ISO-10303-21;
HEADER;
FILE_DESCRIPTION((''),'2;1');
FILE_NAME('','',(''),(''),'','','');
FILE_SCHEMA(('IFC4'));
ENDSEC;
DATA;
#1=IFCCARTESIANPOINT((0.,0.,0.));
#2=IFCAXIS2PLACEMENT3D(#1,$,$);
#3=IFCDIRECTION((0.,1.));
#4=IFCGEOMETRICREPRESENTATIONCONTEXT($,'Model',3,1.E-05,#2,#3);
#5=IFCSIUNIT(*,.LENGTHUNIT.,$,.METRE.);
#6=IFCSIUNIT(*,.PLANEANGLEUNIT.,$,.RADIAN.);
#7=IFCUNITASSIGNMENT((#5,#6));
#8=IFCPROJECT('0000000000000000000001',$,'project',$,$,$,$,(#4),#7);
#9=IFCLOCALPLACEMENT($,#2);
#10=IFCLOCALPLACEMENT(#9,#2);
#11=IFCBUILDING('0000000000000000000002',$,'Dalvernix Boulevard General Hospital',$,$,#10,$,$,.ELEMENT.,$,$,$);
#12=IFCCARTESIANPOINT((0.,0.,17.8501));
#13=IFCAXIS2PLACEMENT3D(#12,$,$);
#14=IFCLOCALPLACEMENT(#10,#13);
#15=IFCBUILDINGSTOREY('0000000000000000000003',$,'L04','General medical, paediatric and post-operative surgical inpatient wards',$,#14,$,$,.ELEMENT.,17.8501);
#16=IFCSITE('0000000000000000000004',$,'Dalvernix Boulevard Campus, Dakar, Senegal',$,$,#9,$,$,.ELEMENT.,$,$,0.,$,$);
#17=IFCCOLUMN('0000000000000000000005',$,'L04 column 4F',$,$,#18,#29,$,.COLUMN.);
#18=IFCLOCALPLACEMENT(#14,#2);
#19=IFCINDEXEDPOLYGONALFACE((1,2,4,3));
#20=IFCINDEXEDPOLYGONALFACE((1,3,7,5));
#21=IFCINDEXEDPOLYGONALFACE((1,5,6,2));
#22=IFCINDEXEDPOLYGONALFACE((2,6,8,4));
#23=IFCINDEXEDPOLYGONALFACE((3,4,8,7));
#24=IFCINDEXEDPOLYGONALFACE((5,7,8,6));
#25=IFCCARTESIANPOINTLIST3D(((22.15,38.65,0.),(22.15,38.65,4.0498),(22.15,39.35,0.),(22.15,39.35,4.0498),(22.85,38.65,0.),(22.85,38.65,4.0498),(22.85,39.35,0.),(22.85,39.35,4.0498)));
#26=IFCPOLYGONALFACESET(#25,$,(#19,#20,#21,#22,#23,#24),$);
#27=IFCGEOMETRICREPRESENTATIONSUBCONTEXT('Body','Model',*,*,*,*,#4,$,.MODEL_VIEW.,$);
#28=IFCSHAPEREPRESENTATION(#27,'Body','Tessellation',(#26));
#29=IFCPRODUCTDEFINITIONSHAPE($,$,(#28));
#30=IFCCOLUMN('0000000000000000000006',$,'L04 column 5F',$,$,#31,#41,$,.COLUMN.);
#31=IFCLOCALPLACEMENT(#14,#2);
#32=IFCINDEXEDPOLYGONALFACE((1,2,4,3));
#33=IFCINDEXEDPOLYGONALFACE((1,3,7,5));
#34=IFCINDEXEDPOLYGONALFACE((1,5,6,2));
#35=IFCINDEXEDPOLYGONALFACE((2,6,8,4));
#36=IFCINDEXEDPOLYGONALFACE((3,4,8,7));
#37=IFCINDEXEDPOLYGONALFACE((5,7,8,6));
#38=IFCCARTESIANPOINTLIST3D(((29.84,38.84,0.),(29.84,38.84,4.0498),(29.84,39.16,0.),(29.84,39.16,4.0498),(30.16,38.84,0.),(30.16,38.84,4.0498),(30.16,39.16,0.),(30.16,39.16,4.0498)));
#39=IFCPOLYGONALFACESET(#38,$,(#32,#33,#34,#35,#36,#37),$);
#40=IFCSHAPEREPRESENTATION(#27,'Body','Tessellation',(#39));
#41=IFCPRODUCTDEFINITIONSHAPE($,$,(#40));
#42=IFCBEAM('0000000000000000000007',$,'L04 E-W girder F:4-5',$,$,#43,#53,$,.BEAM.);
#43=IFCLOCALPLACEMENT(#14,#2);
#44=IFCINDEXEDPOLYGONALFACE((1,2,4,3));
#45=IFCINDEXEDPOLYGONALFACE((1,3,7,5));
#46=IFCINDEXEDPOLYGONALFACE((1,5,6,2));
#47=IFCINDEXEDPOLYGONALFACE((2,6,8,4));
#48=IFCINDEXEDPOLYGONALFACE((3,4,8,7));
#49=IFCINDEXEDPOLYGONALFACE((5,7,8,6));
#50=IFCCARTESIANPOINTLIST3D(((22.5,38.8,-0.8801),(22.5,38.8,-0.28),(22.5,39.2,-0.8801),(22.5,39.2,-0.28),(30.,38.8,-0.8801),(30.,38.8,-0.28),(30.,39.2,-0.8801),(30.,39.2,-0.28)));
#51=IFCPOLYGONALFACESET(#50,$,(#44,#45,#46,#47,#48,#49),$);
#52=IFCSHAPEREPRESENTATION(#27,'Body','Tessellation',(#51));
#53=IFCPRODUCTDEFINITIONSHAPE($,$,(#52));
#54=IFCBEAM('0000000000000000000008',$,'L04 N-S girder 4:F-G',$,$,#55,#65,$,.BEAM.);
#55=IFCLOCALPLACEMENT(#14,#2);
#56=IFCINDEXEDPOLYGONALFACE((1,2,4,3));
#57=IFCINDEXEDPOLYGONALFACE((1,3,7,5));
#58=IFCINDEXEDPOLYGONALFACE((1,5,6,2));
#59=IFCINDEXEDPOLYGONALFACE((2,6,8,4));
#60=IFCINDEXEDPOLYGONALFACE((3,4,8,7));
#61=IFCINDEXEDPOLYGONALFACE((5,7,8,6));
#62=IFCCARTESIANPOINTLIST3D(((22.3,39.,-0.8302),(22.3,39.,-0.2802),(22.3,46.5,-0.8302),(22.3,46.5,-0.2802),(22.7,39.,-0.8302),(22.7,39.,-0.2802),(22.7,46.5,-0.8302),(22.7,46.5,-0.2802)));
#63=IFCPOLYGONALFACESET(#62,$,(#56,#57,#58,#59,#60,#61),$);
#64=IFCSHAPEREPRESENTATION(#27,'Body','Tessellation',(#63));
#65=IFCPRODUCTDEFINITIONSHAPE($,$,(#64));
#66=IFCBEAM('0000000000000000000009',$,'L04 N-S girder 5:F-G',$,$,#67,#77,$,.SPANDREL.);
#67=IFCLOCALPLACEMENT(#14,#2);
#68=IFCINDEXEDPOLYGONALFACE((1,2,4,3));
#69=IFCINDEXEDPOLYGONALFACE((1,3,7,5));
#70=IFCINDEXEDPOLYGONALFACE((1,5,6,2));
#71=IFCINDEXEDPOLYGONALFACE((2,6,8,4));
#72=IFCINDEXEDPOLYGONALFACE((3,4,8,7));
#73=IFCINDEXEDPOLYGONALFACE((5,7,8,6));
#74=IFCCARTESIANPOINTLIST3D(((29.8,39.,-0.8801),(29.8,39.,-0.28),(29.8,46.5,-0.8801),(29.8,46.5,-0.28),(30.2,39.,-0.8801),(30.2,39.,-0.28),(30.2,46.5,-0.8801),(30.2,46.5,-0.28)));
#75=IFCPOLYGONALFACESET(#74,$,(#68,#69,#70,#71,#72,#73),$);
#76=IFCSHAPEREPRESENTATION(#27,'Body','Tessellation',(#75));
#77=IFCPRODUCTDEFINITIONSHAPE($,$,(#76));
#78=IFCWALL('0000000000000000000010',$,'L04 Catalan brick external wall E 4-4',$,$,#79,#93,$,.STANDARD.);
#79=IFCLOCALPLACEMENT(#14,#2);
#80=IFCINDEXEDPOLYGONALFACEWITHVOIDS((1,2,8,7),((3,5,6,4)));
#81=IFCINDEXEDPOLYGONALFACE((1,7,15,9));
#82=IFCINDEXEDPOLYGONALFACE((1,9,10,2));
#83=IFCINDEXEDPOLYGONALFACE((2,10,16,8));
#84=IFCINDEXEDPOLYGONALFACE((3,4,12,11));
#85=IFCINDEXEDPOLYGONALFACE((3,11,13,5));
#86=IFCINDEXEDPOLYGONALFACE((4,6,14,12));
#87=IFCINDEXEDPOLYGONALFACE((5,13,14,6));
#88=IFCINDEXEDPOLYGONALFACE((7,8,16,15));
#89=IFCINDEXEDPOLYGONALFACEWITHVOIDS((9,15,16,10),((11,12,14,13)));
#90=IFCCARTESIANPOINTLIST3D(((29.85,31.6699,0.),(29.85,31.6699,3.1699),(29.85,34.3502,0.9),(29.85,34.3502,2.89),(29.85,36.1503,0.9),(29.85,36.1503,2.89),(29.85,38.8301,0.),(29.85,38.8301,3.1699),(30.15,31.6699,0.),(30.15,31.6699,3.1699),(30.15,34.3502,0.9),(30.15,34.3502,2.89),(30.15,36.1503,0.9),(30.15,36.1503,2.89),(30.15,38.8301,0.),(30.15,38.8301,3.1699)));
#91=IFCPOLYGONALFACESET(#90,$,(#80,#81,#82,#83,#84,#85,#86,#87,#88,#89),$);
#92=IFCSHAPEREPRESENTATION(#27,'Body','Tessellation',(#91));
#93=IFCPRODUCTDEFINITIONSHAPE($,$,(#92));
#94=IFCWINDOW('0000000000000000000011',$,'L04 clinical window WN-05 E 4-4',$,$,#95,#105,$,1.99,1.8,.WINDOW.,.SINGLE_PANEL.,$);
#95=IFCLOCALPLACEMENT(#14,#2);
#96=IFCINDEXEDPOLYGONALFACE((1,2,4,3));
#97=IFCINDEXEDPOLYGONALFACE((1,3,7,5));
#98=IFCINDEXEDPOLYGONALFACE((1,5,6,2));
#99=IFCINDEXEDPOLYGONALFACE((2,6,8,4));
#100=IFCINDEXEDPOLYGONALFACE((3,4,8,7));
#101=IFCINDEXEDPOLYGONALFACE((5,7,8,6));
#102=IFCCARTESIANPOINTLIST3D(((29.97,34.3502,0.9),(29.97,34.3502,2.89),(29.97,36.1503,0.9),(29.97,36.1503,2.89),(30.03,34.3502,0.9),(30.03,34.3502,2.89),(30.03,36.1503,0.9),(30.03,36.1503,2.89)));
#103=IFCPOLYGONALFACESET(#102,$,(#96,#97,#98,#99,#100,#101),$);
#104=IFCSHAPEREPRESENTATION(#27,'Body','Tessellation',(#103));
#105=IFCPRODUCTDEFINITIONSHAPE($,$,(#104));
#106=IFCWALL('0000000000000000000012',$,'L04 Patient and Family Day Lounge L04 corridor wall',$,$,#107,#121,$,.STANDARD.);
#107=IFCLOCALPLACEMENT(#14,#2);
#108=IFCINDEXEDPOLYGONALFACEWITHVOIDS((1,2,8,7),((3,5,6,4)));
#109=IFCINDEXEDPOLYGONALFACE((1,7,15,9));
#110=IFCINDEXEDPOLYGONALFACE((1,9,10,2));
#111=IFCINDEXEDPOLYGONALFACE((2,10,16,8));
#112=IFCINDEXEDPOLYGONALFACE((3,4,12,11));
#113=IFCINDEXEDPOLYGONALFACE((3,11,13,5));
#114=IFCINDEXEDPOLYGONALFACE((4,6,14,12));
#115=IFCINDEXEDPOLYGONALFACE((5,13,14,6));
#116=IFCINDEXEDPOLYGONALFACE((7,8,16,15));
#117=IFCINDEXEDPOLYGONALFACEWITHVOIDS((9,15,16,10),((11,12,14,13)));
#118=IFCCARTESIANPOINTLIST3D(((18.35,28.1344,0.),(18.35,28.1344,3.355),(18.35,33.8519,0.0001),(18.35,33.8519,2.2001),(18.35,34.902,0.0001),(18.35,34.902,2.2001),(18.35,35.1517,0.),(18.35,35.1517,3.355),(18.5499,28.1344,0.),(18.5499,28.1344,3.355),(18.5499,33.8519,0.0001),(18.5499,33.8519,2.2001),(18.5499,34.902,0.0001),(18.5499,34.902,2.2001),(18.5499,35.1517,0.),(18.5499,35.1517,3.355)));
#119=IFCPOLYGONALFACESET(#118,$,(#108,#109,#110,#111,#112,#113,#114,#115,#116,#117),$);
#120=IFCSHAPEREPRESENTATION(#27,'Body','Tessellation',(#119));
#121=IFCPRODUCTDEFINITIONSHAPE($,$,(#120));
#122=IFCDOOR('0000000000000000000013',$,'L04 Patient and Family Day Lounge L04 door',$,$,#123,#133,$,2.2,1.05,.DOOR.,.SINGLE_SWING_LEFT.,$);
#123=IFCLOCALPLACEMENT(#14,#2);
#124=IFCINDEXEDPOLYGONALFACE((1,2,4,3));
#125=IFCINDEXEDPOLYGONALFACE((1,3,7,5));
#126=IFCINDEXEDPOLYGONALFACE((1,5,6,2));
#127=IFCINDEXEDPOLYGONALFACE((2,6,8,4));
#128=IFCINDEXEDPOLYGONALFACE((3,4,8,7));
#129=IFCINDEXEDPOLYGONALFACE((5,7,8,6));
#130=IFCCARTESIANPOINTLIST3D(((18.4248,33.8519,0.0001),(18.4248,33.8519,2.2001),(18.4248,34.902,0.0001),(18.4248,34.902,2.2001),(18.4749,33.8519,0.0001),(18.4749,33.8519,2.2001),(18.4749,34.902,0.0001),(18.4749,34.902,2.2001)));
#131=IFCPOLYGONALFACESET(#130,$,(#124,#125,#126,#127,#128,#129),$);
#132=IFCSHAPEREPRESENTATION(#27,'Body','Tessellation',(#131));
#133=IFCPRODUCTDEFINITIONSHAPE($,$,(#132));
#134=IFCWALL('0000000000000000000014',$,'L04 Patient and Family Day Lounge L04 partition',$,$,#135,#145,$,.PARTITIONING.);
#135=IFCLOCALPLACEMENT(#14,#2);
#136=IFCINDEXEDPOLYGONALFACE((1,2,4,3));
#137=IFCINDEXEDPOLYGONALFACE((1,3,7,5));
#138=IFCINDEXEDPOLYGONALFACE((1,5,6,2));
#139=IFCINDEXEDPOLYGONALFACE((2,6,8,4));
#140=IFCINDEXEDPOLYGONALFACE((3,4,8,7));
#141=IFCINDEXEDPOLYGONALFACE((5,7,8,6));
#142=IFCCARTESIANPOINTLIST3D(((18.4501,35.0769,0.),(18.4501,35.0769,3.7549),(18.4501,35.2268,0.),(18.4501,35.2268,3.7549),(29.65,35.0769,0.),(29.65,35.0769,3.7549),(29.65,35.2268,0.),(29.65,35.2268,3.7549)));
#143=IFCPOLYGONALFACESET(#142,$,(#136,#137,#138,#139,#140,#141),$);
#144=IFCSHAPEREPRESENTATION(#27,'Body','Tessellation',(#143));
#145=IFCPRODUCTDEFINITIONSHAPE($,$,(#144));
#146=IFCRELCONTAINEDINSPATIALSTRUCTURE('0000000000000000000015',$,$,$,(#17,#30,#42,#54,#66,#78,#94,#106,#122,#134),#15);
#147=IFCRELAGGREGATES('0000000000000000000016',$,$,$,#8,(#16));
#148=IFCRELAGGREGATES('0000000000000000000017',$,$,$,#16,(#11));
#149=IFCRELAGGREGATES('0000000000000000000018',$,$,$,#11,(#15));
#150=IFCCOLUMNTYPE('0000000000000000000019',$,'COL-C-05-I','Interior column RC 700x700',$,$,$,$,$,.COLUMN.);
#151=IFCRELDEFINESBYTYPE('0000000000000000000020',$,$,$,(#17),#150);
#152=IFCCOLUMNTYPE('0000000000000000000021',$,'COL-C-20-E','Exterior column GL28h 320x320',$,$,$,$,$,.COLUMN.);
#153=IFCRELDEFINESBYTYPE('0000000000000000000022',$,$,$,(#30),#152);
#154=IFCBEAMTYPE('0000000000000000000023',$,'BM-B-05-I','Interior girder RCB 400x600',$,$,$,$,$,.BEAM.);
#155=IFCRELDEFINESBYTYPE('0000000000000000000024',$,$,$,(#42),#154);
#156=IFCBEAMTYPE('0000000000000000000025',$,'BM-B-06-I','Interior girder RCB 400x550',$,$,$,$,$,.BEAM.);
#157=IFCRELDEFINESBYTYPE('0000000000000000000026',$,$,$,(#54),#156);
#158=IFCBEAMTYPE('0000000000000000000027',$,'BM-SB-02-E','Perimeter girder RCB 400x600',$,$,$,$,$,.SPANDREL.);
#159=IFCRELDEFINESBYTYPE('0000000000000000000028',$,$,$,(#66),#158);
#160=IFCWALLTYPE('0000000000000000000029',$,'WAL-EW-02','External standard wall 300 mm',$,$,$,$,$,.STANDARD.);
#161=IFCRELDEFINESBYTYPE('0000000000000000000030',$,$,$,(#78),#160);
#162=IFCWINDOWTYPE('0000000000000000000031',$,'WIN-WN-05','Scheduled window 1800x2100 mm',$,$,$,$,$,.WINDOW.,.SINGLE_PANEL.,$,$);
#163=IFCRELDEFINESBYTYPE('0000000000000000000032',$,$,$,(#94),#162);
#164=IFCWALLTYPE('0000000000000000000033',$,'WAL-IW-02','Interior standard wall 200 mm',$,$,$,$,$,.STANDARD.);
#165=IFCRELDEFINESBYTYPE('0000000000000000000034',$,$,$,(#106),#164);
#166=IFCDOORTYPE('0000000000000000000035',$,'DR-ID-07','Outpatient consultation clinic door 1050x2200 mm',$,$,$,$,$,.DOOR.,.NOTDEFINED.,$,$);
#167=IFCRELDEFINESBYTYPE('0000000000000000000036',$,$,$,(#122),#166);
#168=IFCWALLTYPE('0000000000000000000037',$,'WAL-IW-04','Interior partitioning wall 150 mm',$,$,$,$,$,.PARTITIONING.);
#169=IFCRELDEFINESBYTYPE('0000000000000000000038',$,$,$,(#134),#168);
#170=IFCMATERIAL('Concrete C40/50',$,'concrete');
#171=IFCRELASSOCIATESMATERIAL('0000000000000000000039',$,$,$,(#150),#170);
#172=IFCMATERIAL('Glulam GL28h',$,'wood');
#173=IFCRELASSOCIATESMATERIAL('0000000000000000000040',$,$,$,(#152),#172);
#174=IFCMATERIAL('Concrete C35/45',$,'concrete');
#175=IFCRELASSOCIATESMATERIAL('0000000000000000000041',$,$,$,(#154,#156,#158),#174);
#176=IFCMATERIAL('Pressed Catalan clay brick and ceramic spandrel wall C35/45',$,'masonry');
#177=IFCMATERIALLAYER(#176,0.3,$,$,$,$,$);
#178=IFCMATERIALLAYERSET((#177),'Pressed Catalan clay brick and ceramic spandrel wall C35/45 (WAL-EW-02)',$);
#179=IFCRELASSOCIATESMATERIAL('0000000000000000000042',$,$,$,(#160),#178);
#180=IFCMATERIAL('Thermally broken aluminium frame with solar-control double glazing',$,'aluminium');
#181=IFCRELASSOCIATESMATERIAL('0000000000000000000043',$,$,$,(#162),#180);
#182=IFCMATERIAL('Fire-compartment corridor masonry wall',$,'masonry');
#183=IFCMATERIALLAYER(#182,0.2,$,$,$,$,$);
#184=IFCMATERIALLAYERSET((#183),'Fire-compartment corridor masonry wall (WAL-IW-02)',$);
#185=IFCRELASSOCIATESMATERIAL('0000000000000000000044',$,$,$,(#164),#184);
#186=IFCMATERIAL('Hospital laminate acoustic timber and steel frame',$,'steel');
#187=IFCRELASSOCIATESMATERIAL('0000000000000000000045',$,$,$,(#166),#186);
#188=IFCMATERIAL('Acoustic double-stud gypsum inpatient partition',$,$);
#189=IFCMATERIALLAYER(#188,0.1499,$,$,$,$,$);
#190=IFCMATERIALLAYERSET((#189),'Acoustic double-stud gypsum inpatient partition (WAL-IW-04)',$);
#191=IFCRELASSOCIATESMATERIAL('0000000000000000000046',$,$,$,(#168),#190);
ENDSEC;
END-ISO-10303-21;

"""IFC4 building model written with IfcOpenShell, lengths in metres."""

from ifc_helpers import new_model, si_unit, direction, frame, frame_2d, origin, origin_2d, place, context, subcontext, project, spatial, rectangle, extrude, material, layer, layer_set, material_profile, profile_set, type_object, element, fill, save


model = new_model("IFC4")

# Units and contexts
model_context = context("Model", 3, precision=1e-05, world=origin(), true_north=direction((0.0, 1.0)))
body_context = subcontext(model_context, "Body", "Model", "MODEL_VIEW")
ifc_project = project(units=[si_unit("LENGTHUNIT", "METRE"), si_unit("PLANEANGLEUNIT", "RADIAN")], contexts=[model_context])

# Site, building, storey
site_placement = place(None, origin())
site = spatial("IfcSite", under=ifc_project, at=site_placement, Name="Dalvernix Boulevard Campus, Dakar, Senegal", CompositionType="ELEMENT", RefElevation=0.0)
building_placement = place(site_placement, origin())
building = spatial("IfcBuilding", under=site, at=building_placement, Name="Dalvernix Boulevard General Hospital", CompositionType="ELEMENT")
storey_placement = place(building_placement, frame((0.0, 0.0, 17.8501)))
storey = spatial("IfcBuildingStorey", under=building, at=storey_placement, Name="L04", Description="General medical, paediatric and post-operative surgical inpatient wards", CompositionType="ELEMENT", Elevation=17.8501)

# Columns
ifc_material_1 = material(Name="Concrete C40/50", Category="concrete")
ifc_material_profile_1 = material_profile(ifc_material_1, rectangle(XDim=0.7, YDim=0.7, at=origin_2d()), Name="RC 700x700")
ifc_profile_set_1 = profile_set([ifc_material_profile_1], Name="Concrete C40/50")
column_type_1 = type_object("IfcColumnType", Name="COL-C-05-I", Description="Interior column RC 700x700", PredefinedType="COLUMN", material=ifc_profile_set_1)
column_1_placement = place(storey_placement, frame((22.5, 39.0, 0.0), z_axis=(0.0, 0.0, 1.0), x_axis=(1.0, 0.0, 0.0)))
element("IfcColumn", 1, at=column_1_placement, inside=storey, type_object=column_type_1, Name="L04 column 4F", PredefinedType="COLUMN", context=body_context, shape_type="SweptSolid", body=[
    extrude(rectangle(XDim=0.7, YDim=0.7, at=origin_2d()), origin(), (0.0, 0.0, 1.0), 4.0498),
])
ifc_material_2 = material(Name="Glulam GL28h", Category="wood")
ifc_material_profile_2 = material_profile(ifc_material_2, rectangle(XDim=0.3201, YDim=0.3201, at=origin_2d()), Name="GL28h 320x320")
ifc_profile_set_2 = profile_set([ifc_material_profile_2], Name="Glulam GL28h")
column_type_2 = type_object("IfcColumnType", Name="COL-C-20-E", Description="Exterior column GL28h 320x320", PredefinedType="COLUMN", material=ifc_profile_set_2)
column_2_placement = place(storey_placement, frame((30.0, 39.0, 0.0), z_axis=(0.0, 0.0, 1.0), x_axis=(1.0, 0.0, 0.0)))
element("IfcColumn", 2, at=column_2_placement, inside=storey, type_object=column_type_2, Name="L04 column 5F", PredefinedType="COLUMN", context=body_context, shape_type="SweptSolid", body=[
    extrude(rectangle(XDim=0.3201, YDim=0.3201, at=origin_2d()), origin(), (0.0, 0.0, 1.0), 4.0498),
])

# Beams
ifc_material_3 = material(Name="Concrete C35/45", Category="concrete")
ifc_material_profile_3 = material_profile(ifc_material_3, rectangle(XDim=0.3999, YDim=0.6001, at=origin_2d()), Name="RCB 400x600")
ifc_profile_set_3 = profile_set([ifc_material_profile_3], Name="Concrete C35/45")
beam_type_1 = type_object("IfcBeamType", Name="BM-B-05-I", Description="Interior girder RCB 400x600", PredefinedType="BEAM", material=ifc_profile_set_3)
beam_1_placement = place(storey_placement, frame((22.5, 39.0, -0.5801), z_axis=(1.0, 0.0, 0.0), x_axis=(0.0, 1.0, 0.0)))
element("IfcBeam", 3, at=beam_1_placement, inside=storey, type_object=beam_type_1, Name="L04 E-W girder F:4-5", PredefinedType="BEAM", context=body_context, shape_type="SweptSolid", body=[
    extrude(rectangle(XDim=0.3999, YDim=0.6001, at=origin_2d()), origin(), (0.0, 0.0, 1.0), 7.5),
])
ifc_material_profile_4 = material_profile(ifc_material_3, rectangle(XDim=0.3999, YDim=0.55, at=origin_2d()), Name="RCB 400x550")
ifc_profile_set_4 = profile_set([ifc_material_profile_4], Name="Concrete C35/45")
beam_type_2 = type_object("IfcBeamType", Name="BM-B-06-I", Description="Interior girder RCB 400x550", PredefinedType="BEAM", material=ifc_profile_set_4)
beam_2_placement = place(storey_placement, frame((22.5, 39.0, -0.5552), z_axis=(0.0, 1.0, 0.0), x_axis=(-1.0, 0.0, 0.0)))
element("IfcBeam", 4, at=beam_2_placement, inside=storey, type_object=beam_type_2, Name="L04 N-S girder 4:F-G", PredefinedType="BEAM", context=body_context, shape_type="SweptSolid", body=[
    extrude(rectangle(XDim=0.3999, YDim=0.55, at=origin_2d()), origin(), (0.0, 0.0, 1.0), 7.5),
])
ifc_material_profile_5 = material_profile(ifc_material_3, rectangle(XDim=0.3999, YDim=0.6001, at=origin_2d()), Name="RCB 400x600")
ifc_profile_set_5 = profile_set([ifc_material_profile_5], Name="Concrete C35/45")
beam_type_3 = type_object("IfcBeamType", Name="BM-SB-02-E", Description="Perimeter girder RCB 400x600", PredefinedType="SPANDREL", material=ifc_profile_set_5)
beam_3_placement = place(storey_placement, frame((30.0, 39.0, -0.5801), z_axis=(0.0, 1.0, 0.0), x_axis=(-1.0, 0.0, 0.0)))
element("IfcBeam", 5, at=beam_3_placement, inside=storey, type_object=beam_type_3, Name="L04 N-S girder 5:F-G", PredefinedType="SPANDREL", context=body_context, shape_type="SweptSolid", body=[
    extrude(rectangle(XDim=0.3999, YDim=0.6001, at=origin_2d()), origin(), (0.0, 0.0, 1.0), 7.5),
])

# Wall, opening, window
ifc_material_4 = material(Name="Pressed Catalan clay brick and ceramic spandrel wall C35/45", Category="masonry")
ifc_layer_1 = layer(ifc_material_4, 0.3)
ifc_layer_set_1 = layer_set([ifc_layer_1], Name="Pressed Catalan clay brick and ceramic spandrel wall C35/45 (WAL-EW-02)")
wall_type_1 = type_object("IfcWallType", Name="WAL-EW-02", Description="External standard wall 300 mm", PredefinedType="STANDARD", material=ifc_layer_set_1)
wall_1_placement = place(storey_placement, frame((30.0, 38.8301, 0.0), z_axis=(0.0, 0.0, 1.0), x_axis=(0.0, -1.0, 0.0)))
wall_1 = element("IfcWall", 6, at=wall_1_placement, inside=storey, type_object=wall_type_1, Name="L04 Catalan brick external wall E 4-4", PredefinedType="STANDARD", context=body_context, shape_type="SweptSolid", body=[
    extrude(rectangle(XDim=7.1602, YDim=0.3, at=frame_2d((3.5801, 0.0))), origin(), (0.0, 0.0, 1.0), 3.1699),
])
opening_1_placement = place(wall_1_placement, frame((2.6799, 0.0, 0.8999)))
opening_1 = element("IfcOpeningElement", 7, at=opening_1_placement, cuts=wall_1, PredefinedType="OPENING", context=body_context, shape_type="SweptSolid", body=[
    extrude(rectangle(XDim=1.8, YDim=1.99, at=frame_2d((0.8999, 0.9951))), frame((0.0, 0.1599, 0.0), z_axis=(0.0, -1.0, 0.0), x_axis=(1.0, 0.0, 0.0)), (0.0, 0.0, 1.0), 0.3201),
])
ifc_material_5 = material(Name="Thermally broken aluminium frame with solar-control double glazing", Category="aluminium")
window_type = type_object("IfcWindowType", Name="WIN-WN-05", Description="Scheduled window 1800x2100 mm", PartitioningType="SINGLE_PANEL", PredefinedType="WINDOW", material=ifc_material_5)
window_placement = place(opening_1_placement, origin())
window = element("IfcWindow", 8, at=window_placement, inside=storey, type_object=window_type, Name="L04 clinical window WN-05 E 4-4", OverallHeight=1.99, OverallWidth=1.8, PartitioningType="SINGLE_PANEL", PredefinedType="WINDOW", context=body_context, shape_type="SweptSolid", body=[
    extrude(rectangle(XDim=1.8, YDim=1.99, at=frame_2d((0.8999, 0.9951))), frame((0.0, 0.03, 0.0), z_axis=(0.0, -1.0, 0.0), x_axis=(1.0, 0.0, 0.0)), (0.0, 0.0, 1.0), 0.0601),
])
fill(opening_1, window)

# Wall, opening, door
ifc_material_6 = material(Name="Fire-compartment corridor masonry wall", Category="masonry")
ifc_layer_2 = layer(ifc_material_6, 0.2)
ifc_layer_set_2 = layer_set([ifc_layer_2], Name="Fire-compartment corridor masonry wall (WAL-IW-02)")
wall_type_2 = type_object("IfcWallType", Name="WAL-IW-02", Description="Interior standard wall 200 mm", PredefinedType="STANDARD", material=ifc_layer_set_2)
wall_2_placement = place(storey_placement, frame((18.45, 35.1519, 0.0), z_axis=(0.0, 0.0, 1.0), x_axis=(0.0, -1.0, 0.0)))
wall_2 = element("IfcWall", 9, at=wall_2_placement, inside=storey, type_object=wall_type_2, Name="L04 Patient and Family Day Lounge L04 corridor wall", PredefinedType="STANDARD", context=body_context, shape_type="SweptSolid", body=[
    extrude(rectangle(XDim=7.0173, YDim=0.2, at=frame_2d((3.5088, 0.0))), origin(), (0.0, 0.0, 1.0), 3.355),
])
opening_2_placement = place(wall_2_placement, frame((0.25, 0.0, 0.0)))
opening_2 = element("IfcOpeningElement", 10, at=opening_2_placement, cuts=wall_2, PredefinedType="OPENING", context=body_context, shape_type="SweptSolid", body=[
    extrude(rectangle(XDim=1.05, YDim=2.2, at=frame_2d((0.5249, 1.1001))), frame((0.0, 0.1099, 0.0), z_axis=(0.0, -1.0, 0.0), x_axis=(1.0, 0.0, 0.0)), (0.0, 0.0, 1.0), 0.22),
])
ifc_material_7 = material(Name="Hospital laminate acoustic timber and steel frame", Category="steel")
door_type_1 = type_object("IfcDoorType", Name="DR-ID-07", Description="Outpatient consultation clinic door 1050x2200 mm", OperationType="NOTDEFINED", PredefinedType="DOOR", material=ifc_material_7)
door_1_placement = place(opening_2_placement, origin())
door_1 = element("IfcDoor", 11, at=door_1_placement, inside=storey, type_object=door_type_1, Name="L04 Patient and Family Day Lounge L04 door", OperationType="SINGLE_SWING_LEFT", OverallHeight=2.2, OverallWidth=1.05, PredefinedType="DOOR", context=body_context, shape_type="SweptSolid", body=[
    extrude(rectangle(XDim=1.05, YDim=2.2, at=frame_2d((0.5249, 1.1001))), frame((0.0, 0.0249, 0.0), z_axis=(0.0, -1.0, 0.0), x_axis=(1.0, 0.0, 0.0)), (0.0, 0.0, 1.0), 0.05),
])
fill(opening_2, door_1)

# Wall
ifc_material_8 = material(Name="Acoustic double-stud gypsum inpatient partition")
ifc_layer_3 = layer(ifc_material_8, 0.1499)
ifc_layer_set_3 = layer_set([ifc_layer_3], Name="Acoustic double-stud gypsum inpatient partition (WAL-IW-04)")
wall_type_3 = type_object("IfcWallType", Name="WAL-IW-04", Description="Interior partitioning wall 150 mm", PredefinedType="PARTITIONING", material=ifc_layer_set_3)
wall_3_placement = place(storey_placement, frame((18.45, 35.1519, 0.0), z_axis=(0.0, 0.0, 1.0), x_axis=(1.0, 0.0, 0.0)))
element("IfcWall", 12, at=wall_3_placement, inside=storey, type_object=wall_type_3, Name="L04 Patient and Family Day Lounge L04 partition", PredefinedType="PARTITIONING", context=body_context, shape_type="SweptSolid", body=[
    extrude(rectangle(XDim=11.2, YDim=0.1499, at=frame_2d((5.6001, 0.0))), origin(), (0.0, 0.0, 1.0), 3.7549),
])

save(model, "model.ifc")
